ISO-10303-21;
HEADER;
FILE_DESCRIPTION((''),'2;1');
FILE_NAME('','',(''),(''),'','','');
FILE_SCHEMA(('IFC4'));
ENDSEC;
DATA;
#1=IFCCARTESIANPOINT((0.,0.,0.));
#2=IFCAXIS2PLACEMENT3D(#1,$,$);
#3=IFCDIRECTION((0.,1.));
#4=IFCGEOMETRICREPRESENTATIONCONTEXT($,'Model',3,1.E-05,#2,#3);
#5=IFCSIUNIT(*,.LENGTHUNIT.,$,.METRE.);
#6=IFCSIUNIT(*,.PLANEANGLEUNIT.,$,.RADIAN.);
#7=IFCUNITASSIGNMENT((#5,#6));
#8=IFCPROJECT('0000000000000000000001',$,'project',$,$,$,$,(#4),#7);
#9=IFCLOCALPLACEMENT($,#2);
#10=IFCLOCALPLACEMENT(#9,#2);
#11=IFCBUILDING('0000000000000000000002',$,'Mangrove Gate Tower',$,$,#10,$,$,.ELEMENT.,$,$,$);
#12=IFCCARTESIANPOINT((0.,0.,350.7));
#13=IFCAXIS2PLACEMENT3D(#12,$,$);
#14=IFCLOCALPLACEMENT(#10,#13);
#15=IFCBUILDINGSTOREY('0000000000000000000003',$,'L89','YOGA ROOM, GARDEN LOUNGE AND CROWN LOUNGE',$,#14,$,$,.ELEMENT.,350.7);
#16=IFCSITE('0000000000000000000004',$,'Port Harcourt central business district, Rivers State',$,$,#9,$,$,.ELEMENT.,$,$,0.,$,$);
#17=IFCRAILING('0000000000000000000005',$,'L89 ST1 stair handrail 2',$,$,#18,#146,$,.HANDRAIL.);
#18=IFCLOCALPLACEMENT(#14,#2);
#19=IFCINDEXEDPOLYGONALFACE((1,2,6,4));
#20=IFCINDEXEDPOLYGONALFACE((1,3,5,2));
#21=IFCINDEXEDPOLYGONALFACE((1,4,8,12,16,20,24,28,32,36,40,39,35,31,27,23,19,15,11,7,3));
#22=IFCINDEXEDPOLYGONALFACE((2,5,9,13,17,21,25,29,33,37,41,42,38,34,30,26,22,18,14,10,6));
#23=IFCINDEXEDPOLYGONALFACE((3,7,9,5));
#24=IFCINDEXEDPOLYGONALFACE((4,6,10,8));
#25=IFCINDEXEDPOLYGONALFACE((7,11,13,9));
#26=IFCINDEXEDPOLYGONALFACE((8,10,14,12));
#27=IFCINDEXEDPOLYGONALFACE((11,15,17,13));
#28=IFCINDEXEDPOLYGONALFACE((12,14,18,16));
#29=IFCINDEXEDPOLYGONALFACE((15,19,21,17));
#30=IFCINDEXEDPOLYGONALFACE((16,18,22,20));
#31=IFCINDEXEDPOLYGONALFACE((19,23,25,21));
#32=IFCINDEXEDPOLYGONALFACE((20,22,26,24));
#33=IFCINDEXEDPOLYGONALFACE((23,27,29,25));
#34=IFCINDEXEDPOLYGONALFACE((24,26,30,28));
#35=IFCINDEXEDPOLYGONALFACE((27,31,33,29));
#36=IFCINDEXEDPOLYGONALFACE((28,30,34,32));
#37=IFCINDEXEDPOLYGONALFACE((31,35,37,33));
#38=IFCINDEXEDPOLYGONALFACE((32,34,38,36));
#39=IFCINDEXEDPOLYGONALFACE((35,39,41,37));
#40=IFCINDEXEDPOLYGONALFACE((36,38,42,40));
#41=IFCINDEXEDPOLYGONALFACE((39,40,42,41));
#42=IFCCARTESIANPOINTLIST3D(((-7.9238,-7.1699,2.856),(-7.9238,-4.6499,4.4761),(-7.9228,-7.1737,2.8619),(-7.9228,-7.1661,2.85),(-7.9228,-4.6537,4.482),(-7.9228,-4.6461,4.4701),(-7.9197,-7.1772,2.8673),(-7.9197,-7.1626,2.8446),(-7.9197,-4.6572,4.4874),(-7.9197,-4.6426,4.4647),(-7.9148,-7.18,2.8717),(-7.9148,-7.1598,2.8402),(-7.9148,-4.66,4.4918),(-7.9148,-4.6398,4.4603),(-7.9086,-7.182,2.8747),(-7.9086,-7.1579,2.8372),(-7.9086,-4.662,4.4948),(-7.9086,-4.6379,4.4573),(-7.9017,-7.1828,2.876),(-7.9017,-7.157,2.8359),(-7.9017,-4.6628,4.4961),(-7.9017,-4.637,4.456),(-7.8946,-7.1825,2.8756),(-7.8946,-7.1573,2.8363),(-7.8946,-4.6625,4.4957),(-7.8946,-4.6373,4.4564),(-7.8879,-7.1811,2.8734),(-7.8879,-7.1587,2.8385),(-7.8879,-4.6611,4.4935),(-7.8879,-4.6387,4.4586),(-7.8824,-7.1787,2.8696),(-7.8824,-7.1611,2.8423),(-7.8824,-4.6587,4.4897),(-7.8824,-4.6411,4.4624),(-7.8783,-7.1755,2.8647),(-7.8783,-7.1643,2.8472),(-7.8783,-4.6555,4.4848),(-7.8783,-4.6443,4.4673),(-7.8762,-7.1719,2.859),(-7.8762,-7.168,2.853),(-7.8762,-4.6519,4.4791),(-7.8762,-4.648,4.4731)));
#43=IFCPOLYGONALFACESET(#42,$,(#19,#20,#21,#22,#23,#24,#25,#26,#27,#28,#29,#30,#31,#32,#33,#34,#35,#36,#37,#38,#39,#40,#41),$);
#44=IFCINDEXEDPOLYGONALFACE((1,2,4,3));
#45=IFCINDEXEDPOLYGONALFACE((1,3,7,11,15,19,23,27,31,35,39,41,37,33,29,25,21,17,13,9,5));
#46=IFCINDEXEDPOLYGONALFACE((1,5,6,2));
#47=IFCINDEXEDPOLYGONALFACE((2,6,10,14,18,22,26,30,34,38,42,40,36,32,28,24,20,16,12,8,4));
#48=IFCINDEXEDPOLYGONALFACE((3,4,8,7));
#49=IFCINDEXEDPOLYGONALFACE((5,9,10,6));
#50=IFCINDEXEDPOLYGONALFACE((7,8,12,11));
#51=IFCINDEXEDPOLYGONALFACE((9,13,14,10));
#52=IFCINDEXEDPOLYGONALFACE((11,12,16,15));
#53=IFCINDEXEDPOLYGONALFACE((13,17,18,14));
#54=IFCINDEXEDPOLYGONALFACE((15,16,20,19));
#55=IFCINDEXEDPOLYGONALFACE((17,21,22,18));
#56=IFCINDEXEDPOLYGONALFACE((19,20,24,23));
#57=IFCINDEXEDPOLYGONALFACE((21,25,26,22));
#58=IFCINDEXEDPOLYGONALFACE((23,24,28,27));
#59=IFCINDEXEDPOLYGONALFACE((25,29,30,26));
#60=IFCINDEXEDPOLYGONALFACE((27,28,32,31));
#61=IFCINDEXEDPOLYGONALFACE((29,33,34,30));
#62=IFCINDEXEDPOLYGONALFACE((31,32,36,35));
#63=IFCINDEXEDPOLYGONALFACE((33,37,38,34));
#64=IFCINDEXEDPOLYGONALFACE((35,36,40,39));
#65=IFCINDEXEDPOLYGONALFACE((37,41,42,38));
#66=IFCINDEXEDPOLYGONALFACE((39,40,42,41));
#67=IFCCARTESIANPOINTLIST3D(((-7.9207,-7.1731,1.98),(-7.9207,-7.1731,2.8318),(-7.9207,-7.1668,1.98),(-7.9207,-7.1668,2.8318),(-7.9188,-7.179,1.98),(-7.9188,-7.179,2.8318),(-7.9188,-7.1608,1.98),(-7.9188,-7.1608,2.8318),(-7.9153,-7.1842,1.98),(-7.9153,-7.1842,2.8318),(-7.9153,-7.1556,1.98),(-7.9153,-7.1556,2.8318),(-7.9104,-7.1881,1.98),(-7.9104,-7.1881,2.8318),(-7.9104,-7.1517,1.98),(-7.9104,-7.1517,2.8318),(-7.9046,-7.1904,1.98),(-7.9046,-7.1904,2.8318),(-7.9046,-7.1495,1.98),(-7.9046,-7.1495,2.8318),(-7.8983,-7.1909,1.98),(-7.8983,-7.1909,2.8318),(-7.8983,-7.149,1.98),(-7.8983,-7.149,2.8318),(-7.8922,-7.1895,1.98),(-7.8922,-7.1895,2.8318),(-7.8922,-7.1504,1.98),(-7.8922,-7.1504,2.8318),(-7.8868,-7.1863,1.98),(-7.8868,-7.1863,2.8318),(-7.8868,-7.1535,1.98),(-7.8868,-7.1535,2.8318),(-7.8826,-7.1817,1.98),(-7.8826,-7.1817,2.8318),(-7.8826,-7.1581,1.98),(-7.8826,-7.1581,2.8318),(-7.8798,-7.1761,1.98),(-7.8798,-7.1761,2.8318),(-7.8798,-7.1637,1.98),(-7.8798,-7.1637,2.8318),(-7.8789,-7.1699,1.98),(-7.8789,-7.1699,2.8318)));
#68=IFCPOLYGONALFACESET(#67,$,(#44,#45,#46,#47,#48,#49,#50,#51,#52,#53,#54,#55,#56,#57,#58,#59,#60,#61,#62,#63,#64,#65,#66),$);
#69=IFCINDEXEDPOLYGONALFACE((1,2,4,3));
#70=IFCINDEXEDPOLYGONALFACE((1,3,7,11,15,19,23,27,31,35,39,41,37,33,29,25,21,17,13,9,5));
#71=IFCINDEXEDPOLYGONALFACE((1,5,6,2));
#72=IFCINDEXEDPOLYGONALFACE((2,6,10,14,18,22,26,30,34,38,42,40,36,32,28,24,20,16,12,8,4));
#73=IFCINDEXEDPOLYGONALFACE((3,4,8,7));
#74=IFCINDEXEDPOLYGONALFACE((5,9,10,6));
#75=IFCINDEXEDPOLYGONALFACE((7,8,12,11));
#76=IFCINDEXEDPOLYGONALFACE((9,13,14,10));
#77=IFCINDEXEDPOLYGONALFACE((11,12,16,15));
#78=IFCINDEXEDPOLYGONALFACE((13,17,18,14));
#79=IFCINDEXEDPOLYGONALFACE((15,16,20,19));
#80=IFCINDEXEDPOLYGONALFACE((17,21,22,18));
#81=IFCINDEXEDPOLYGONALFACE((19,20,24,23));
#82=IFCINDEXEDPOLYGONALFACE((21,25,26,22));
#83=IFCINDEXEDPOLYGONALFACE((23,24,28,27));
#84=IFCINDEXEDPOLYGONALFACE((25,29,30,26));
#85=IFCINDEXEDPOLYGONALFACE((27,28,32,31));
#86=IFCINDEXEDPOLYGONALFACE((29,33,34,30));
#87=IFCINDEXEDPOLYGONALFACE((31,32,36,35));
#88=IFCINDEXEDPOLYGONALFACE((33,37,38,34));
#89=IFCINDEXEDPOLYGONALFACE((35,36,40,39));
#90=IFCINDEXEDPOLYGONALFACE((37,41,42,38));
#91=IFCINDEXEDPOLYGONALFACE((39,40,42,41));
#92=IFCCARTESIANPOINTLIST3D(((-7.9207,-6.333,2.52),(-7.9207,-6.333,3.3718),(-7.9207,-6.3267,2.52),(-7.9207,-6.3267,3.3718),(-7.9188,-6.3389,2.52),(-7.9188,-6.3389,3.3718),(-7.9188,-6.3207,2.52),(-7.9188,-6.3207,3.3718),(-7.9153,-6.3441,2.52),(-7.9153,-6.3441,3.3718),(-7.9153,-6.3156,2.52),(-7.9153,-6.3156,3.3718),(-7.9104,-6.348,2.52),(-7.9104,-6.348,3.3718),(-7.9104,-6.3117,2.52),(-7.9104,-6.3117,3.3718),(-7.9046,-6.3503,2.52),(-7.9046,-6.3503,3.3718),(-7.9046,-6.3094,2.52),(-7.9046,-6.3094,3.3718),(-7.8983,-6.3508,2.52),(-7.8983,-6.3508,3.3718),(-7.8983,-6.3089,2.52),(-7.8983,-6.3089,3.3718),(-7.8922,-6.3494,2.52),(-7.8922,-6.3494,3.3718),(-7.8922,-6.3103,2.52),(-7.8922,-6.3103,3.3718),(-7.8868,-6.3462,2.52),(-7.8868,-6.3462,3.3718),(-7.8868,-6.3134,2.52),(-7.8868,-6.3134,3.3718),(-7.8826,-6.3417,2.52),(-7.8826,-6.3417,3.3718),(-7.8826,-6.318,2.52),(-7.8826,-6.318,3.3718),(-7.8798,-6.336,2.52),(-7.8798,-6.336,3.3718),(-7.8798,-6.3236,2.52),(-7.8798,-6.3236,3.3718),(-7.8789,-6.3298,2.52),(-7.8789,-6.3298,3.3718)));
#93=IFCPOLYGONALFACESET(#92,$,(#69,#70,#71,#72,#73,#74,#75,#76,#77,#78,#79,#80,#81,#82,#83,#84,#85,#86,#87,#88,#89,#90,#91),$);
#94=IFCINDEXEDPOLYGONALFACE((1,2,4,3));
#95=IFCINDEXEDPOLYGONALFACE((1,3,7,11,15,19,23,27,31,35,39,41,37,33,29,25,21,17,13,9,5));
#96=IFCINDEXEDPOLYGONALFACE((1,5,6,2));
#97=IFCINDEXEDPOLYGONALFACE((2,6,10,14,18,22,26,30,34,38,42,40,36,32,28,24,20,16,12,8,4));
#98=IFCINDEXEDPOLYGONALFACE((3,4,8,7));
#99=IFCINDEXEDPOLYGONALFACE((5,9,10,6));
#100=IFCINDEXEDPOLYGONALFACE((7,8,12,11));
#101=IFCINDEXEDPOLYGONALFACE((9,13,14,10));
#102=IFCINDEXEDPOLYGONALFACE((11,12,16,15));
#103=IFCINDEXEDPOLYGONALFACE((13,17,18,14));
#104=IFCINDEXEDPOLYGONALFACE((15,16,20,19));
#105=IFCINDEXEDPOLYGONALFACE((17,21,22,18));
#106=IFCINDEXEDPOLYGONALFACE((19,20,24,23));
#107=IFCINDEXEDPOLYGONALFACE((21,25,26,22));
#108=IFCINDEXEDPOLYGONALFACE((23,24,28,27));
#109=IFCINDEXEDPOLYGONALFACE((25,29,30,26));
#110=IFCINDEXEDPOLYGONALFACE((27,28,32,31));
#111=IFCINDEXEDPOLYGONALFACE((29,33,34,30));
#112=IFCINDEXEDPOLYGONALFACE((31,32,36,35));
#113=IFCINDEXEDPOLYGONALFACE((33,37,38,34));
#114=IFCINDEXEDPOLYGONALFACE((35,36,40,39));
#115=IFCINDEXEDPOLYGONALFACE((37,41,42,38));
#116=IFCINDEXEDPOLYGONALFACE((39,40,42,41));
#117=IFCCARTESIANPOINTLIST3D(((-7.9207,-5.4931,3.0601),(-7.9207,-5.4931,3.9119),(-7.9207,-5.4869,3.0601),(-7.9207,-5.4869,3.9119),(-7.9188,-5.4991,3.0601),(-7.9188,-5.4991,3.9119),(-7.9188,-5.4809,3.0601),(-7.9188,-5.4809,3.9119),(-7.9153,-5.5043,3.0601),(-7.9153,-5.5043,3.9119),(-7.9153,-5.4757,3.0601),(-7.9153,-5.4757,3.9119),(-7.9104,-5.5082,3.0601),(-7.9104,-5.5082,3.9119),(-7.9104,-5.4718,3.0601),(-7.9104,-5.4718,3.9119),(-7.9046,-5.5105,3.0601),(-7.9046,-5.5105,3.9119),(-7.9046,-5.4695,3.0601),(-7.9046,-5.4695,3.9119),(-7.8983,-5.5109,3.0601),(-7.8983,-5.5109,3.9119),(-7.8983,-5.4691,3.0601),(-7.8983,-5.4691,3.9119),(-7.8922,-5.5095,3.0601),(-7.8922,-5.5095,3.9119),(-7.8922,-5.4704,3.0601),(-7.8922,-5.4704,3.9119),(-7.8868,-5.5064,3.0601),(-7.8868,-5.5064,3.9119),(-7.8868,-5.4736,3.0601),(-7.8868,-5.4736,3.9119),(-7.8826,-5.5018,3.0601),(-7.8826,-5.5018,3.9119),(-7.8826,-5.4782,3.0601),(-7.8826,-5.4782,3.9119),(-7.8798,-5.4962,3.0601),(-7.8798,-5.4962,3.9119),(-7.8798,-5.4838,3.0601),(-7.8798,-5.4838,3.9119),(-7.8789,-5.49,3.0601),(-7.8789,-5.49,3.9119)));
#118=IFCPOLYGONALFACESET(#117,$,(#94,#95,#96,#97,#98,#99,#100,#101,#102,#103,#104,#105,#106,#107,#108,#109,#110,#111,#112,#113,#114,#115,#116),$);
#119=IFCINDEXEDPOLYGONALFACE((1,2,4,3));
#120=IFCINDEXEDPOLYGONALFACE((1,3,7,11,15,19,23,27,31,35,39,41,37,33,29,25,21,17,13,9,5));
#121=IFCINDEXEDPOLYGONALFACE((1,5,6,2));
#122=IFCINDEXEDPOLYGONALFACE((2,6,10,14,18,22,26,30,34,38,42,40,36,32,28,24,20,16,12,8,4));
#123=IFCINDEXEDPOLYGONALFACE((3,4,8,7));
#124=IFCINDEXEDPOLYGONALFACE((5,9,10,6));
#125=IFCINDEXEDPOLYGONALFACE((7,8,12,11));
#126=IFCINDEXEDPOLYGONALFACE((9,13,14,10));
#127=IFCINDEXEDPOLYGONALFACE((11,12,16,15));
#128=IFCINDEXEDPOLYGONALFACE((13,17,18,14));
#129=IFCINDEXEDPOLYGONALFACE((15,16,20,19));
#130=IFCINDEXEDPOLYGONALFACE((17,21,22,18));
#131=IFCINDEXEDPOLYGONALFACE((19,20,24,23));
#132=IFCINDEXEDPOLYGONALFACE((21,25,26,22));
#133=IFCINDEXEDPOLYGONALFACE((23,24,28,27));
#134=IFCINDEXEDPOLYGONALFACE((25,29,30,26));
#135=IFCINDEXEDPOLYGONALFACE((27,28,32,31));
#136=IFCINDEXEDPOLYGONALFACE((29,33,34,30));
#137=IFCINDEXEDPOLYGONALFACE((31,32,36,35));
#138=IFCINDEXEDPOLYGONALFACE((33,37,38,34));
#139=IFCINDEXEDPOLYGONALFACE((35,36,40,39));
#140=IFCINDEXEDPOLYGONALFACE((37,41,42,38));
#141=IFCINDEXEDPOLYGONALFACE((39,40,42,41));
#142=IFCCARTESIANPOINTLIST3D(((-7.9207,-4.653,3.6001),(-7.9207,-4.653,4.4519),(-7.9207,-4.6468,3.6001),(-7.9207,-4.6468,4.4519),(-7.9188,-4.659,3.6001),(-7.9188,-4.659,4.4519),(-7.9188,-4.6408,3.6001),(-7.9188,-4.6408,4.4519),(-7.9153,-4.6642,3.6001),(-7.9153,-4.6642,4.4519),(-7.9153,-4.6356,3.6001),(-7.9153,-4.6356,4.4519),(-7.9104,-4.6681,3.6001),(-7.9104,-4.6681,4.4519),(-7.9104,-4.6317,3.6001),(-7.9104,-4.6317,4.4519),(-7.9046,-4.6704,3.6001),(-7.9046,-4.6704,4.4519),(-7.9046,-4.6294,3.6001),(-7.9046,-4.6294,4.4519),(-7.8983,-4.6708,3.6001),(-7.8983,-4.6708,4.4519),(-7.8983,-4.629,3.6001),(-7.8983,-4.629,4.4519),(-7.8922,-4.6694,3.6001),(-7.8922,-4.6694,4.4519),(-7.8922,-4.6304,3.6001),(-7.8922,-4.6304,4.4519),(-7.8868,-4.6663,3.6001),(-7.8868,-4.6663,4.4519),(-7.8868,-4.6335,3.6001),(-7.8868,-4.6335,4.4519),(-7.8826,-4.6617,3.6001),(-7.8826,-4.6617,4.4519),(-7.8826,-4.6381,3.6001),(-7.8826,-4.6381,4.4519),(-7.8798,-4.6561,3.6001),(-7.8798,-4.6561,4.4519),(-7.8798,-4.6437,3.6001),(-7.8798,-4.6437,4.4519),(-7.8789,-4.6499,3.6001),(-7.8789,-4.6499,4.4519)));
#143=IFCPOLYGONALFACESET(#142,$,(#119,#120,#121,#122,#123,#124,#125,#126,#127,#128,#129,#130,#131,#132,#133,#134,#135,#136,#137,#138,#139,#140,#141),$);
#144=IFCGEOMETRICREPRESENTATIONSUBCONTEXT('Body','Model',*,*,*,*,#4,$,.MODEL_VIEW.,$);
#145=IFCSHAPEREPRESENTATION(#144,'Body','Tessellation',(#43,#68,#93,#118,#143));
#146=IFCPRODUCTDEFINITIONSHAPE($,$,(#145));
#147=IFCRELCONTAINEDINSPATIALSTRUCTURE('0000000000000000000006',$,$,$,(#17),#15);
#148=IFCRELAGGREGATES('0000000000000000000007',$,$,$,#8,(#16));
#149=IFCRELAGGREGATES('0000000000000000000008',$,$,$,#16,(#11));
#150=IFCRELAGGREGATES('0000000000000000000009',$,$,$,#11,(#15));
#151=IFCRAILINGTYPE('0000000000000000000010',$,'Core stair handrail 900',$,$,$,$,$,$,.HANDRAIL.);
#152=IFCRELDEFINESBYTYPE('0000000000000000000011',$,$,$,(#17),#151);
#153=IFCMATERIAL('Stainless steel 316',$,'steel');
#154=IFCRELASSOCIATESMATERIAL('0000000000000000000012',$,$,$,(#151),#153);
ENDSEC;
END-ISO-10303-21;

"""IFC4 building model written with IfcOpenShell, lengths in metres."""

from ifc_helpers import new_model, si_unit, direction, frame, origin, origin_2d, place, context, subcontext, project, spatial, circle, extrude, material, type_object, element, save


model = new_model("IFC4")

# Units and contexts
model_context = context("Model", 3, precision=1e-05, world=origin(), true_north=direction((0.0, 1.0)))
body_context = subcontext(model_context, "Body", "Model", "MODEL_VIEW")
ifc_project = project(units=[si_unit("LENGTHUNIT", "METRE"), si_unit("PLANEANGLEUNIT", "RADIAN")], contexts=[model_context])

# Site, building, storey
site_placement = place(None, origin())
site = spatial("IfcSite", under=ifc_project, at=site_placement, Name="Port Harcourt central business district, Rivers State", CompositionType="ELEMENT", RefElevation=0.0)
building_placement = place(site_placement, origin())
building = spatial("IfcBuilding", under=site, at=building_placement, Name="Mangrove Gate Tower", CompositionType="ELEMENT")
storey_placement = place(building_placement, frame((0.0, 0.0, 350.7)))
storey = spatial("IfcBuildingStorey", under=building, at=storey_placement, Name="L89", Description="YOGA ROOM, GARDEN LOUNGE AND CROWN LOUNGE", CompositionType="ELEMENT", Elevation=350.7)

# Railing
ifc_material_1 = material(Name="Stainless steel 316", Category="steel")
railing_type_1 = type_object("IfcRailingType", Name="Core stair handrail 900", PredefinedType="HANDRAIL", material=ifc_material_1)
railing_1_placement = place(storey_placement, frame((-7.8999, -7.1699, 1.98)))
element("IfcRailing", 1, at=railing_1_placement, inside=storey, type_object=railing_type_1, Name="L89 ST1 stair handrail 2", PredefinedType="HANDRAIL", context=body_context, shape_type="SweptSolid", body=[
    extrude(circle(Radius=0.0239, at=origin_2d()), frame((0.0, 0.0, 0.876), z_axis=(0.0, 0.841163, 0.540782), x_axis=(-1.0, 0.0, 0.0)), (0.0, 0.0, 1.0), 2.9958),
    extrude(circle(Radius=0.021, at=origin_2d()), origin(), (0.0, 0.0, 1.0), 0.8518),
    extrude(circle(Radius=0.021, at=origin_2d()), frame((0.0, 0.8401, 0.54)), (0.0, 0.0, 1.0), 0.8518),
    extrude(circle(Radius=0.021, at=origin_2d()), frame((0.0, 1.6799, 1.0801)), (0.0, 0.0, 1.0), 0.8518),
    extrude(circle(Radius=0.021, at=origin_2d()), frame((0.0, 2.52, 1.6201)), (0.0, 0.0, 1.0), 0.8518),
])

save(model, "model.ifc")
